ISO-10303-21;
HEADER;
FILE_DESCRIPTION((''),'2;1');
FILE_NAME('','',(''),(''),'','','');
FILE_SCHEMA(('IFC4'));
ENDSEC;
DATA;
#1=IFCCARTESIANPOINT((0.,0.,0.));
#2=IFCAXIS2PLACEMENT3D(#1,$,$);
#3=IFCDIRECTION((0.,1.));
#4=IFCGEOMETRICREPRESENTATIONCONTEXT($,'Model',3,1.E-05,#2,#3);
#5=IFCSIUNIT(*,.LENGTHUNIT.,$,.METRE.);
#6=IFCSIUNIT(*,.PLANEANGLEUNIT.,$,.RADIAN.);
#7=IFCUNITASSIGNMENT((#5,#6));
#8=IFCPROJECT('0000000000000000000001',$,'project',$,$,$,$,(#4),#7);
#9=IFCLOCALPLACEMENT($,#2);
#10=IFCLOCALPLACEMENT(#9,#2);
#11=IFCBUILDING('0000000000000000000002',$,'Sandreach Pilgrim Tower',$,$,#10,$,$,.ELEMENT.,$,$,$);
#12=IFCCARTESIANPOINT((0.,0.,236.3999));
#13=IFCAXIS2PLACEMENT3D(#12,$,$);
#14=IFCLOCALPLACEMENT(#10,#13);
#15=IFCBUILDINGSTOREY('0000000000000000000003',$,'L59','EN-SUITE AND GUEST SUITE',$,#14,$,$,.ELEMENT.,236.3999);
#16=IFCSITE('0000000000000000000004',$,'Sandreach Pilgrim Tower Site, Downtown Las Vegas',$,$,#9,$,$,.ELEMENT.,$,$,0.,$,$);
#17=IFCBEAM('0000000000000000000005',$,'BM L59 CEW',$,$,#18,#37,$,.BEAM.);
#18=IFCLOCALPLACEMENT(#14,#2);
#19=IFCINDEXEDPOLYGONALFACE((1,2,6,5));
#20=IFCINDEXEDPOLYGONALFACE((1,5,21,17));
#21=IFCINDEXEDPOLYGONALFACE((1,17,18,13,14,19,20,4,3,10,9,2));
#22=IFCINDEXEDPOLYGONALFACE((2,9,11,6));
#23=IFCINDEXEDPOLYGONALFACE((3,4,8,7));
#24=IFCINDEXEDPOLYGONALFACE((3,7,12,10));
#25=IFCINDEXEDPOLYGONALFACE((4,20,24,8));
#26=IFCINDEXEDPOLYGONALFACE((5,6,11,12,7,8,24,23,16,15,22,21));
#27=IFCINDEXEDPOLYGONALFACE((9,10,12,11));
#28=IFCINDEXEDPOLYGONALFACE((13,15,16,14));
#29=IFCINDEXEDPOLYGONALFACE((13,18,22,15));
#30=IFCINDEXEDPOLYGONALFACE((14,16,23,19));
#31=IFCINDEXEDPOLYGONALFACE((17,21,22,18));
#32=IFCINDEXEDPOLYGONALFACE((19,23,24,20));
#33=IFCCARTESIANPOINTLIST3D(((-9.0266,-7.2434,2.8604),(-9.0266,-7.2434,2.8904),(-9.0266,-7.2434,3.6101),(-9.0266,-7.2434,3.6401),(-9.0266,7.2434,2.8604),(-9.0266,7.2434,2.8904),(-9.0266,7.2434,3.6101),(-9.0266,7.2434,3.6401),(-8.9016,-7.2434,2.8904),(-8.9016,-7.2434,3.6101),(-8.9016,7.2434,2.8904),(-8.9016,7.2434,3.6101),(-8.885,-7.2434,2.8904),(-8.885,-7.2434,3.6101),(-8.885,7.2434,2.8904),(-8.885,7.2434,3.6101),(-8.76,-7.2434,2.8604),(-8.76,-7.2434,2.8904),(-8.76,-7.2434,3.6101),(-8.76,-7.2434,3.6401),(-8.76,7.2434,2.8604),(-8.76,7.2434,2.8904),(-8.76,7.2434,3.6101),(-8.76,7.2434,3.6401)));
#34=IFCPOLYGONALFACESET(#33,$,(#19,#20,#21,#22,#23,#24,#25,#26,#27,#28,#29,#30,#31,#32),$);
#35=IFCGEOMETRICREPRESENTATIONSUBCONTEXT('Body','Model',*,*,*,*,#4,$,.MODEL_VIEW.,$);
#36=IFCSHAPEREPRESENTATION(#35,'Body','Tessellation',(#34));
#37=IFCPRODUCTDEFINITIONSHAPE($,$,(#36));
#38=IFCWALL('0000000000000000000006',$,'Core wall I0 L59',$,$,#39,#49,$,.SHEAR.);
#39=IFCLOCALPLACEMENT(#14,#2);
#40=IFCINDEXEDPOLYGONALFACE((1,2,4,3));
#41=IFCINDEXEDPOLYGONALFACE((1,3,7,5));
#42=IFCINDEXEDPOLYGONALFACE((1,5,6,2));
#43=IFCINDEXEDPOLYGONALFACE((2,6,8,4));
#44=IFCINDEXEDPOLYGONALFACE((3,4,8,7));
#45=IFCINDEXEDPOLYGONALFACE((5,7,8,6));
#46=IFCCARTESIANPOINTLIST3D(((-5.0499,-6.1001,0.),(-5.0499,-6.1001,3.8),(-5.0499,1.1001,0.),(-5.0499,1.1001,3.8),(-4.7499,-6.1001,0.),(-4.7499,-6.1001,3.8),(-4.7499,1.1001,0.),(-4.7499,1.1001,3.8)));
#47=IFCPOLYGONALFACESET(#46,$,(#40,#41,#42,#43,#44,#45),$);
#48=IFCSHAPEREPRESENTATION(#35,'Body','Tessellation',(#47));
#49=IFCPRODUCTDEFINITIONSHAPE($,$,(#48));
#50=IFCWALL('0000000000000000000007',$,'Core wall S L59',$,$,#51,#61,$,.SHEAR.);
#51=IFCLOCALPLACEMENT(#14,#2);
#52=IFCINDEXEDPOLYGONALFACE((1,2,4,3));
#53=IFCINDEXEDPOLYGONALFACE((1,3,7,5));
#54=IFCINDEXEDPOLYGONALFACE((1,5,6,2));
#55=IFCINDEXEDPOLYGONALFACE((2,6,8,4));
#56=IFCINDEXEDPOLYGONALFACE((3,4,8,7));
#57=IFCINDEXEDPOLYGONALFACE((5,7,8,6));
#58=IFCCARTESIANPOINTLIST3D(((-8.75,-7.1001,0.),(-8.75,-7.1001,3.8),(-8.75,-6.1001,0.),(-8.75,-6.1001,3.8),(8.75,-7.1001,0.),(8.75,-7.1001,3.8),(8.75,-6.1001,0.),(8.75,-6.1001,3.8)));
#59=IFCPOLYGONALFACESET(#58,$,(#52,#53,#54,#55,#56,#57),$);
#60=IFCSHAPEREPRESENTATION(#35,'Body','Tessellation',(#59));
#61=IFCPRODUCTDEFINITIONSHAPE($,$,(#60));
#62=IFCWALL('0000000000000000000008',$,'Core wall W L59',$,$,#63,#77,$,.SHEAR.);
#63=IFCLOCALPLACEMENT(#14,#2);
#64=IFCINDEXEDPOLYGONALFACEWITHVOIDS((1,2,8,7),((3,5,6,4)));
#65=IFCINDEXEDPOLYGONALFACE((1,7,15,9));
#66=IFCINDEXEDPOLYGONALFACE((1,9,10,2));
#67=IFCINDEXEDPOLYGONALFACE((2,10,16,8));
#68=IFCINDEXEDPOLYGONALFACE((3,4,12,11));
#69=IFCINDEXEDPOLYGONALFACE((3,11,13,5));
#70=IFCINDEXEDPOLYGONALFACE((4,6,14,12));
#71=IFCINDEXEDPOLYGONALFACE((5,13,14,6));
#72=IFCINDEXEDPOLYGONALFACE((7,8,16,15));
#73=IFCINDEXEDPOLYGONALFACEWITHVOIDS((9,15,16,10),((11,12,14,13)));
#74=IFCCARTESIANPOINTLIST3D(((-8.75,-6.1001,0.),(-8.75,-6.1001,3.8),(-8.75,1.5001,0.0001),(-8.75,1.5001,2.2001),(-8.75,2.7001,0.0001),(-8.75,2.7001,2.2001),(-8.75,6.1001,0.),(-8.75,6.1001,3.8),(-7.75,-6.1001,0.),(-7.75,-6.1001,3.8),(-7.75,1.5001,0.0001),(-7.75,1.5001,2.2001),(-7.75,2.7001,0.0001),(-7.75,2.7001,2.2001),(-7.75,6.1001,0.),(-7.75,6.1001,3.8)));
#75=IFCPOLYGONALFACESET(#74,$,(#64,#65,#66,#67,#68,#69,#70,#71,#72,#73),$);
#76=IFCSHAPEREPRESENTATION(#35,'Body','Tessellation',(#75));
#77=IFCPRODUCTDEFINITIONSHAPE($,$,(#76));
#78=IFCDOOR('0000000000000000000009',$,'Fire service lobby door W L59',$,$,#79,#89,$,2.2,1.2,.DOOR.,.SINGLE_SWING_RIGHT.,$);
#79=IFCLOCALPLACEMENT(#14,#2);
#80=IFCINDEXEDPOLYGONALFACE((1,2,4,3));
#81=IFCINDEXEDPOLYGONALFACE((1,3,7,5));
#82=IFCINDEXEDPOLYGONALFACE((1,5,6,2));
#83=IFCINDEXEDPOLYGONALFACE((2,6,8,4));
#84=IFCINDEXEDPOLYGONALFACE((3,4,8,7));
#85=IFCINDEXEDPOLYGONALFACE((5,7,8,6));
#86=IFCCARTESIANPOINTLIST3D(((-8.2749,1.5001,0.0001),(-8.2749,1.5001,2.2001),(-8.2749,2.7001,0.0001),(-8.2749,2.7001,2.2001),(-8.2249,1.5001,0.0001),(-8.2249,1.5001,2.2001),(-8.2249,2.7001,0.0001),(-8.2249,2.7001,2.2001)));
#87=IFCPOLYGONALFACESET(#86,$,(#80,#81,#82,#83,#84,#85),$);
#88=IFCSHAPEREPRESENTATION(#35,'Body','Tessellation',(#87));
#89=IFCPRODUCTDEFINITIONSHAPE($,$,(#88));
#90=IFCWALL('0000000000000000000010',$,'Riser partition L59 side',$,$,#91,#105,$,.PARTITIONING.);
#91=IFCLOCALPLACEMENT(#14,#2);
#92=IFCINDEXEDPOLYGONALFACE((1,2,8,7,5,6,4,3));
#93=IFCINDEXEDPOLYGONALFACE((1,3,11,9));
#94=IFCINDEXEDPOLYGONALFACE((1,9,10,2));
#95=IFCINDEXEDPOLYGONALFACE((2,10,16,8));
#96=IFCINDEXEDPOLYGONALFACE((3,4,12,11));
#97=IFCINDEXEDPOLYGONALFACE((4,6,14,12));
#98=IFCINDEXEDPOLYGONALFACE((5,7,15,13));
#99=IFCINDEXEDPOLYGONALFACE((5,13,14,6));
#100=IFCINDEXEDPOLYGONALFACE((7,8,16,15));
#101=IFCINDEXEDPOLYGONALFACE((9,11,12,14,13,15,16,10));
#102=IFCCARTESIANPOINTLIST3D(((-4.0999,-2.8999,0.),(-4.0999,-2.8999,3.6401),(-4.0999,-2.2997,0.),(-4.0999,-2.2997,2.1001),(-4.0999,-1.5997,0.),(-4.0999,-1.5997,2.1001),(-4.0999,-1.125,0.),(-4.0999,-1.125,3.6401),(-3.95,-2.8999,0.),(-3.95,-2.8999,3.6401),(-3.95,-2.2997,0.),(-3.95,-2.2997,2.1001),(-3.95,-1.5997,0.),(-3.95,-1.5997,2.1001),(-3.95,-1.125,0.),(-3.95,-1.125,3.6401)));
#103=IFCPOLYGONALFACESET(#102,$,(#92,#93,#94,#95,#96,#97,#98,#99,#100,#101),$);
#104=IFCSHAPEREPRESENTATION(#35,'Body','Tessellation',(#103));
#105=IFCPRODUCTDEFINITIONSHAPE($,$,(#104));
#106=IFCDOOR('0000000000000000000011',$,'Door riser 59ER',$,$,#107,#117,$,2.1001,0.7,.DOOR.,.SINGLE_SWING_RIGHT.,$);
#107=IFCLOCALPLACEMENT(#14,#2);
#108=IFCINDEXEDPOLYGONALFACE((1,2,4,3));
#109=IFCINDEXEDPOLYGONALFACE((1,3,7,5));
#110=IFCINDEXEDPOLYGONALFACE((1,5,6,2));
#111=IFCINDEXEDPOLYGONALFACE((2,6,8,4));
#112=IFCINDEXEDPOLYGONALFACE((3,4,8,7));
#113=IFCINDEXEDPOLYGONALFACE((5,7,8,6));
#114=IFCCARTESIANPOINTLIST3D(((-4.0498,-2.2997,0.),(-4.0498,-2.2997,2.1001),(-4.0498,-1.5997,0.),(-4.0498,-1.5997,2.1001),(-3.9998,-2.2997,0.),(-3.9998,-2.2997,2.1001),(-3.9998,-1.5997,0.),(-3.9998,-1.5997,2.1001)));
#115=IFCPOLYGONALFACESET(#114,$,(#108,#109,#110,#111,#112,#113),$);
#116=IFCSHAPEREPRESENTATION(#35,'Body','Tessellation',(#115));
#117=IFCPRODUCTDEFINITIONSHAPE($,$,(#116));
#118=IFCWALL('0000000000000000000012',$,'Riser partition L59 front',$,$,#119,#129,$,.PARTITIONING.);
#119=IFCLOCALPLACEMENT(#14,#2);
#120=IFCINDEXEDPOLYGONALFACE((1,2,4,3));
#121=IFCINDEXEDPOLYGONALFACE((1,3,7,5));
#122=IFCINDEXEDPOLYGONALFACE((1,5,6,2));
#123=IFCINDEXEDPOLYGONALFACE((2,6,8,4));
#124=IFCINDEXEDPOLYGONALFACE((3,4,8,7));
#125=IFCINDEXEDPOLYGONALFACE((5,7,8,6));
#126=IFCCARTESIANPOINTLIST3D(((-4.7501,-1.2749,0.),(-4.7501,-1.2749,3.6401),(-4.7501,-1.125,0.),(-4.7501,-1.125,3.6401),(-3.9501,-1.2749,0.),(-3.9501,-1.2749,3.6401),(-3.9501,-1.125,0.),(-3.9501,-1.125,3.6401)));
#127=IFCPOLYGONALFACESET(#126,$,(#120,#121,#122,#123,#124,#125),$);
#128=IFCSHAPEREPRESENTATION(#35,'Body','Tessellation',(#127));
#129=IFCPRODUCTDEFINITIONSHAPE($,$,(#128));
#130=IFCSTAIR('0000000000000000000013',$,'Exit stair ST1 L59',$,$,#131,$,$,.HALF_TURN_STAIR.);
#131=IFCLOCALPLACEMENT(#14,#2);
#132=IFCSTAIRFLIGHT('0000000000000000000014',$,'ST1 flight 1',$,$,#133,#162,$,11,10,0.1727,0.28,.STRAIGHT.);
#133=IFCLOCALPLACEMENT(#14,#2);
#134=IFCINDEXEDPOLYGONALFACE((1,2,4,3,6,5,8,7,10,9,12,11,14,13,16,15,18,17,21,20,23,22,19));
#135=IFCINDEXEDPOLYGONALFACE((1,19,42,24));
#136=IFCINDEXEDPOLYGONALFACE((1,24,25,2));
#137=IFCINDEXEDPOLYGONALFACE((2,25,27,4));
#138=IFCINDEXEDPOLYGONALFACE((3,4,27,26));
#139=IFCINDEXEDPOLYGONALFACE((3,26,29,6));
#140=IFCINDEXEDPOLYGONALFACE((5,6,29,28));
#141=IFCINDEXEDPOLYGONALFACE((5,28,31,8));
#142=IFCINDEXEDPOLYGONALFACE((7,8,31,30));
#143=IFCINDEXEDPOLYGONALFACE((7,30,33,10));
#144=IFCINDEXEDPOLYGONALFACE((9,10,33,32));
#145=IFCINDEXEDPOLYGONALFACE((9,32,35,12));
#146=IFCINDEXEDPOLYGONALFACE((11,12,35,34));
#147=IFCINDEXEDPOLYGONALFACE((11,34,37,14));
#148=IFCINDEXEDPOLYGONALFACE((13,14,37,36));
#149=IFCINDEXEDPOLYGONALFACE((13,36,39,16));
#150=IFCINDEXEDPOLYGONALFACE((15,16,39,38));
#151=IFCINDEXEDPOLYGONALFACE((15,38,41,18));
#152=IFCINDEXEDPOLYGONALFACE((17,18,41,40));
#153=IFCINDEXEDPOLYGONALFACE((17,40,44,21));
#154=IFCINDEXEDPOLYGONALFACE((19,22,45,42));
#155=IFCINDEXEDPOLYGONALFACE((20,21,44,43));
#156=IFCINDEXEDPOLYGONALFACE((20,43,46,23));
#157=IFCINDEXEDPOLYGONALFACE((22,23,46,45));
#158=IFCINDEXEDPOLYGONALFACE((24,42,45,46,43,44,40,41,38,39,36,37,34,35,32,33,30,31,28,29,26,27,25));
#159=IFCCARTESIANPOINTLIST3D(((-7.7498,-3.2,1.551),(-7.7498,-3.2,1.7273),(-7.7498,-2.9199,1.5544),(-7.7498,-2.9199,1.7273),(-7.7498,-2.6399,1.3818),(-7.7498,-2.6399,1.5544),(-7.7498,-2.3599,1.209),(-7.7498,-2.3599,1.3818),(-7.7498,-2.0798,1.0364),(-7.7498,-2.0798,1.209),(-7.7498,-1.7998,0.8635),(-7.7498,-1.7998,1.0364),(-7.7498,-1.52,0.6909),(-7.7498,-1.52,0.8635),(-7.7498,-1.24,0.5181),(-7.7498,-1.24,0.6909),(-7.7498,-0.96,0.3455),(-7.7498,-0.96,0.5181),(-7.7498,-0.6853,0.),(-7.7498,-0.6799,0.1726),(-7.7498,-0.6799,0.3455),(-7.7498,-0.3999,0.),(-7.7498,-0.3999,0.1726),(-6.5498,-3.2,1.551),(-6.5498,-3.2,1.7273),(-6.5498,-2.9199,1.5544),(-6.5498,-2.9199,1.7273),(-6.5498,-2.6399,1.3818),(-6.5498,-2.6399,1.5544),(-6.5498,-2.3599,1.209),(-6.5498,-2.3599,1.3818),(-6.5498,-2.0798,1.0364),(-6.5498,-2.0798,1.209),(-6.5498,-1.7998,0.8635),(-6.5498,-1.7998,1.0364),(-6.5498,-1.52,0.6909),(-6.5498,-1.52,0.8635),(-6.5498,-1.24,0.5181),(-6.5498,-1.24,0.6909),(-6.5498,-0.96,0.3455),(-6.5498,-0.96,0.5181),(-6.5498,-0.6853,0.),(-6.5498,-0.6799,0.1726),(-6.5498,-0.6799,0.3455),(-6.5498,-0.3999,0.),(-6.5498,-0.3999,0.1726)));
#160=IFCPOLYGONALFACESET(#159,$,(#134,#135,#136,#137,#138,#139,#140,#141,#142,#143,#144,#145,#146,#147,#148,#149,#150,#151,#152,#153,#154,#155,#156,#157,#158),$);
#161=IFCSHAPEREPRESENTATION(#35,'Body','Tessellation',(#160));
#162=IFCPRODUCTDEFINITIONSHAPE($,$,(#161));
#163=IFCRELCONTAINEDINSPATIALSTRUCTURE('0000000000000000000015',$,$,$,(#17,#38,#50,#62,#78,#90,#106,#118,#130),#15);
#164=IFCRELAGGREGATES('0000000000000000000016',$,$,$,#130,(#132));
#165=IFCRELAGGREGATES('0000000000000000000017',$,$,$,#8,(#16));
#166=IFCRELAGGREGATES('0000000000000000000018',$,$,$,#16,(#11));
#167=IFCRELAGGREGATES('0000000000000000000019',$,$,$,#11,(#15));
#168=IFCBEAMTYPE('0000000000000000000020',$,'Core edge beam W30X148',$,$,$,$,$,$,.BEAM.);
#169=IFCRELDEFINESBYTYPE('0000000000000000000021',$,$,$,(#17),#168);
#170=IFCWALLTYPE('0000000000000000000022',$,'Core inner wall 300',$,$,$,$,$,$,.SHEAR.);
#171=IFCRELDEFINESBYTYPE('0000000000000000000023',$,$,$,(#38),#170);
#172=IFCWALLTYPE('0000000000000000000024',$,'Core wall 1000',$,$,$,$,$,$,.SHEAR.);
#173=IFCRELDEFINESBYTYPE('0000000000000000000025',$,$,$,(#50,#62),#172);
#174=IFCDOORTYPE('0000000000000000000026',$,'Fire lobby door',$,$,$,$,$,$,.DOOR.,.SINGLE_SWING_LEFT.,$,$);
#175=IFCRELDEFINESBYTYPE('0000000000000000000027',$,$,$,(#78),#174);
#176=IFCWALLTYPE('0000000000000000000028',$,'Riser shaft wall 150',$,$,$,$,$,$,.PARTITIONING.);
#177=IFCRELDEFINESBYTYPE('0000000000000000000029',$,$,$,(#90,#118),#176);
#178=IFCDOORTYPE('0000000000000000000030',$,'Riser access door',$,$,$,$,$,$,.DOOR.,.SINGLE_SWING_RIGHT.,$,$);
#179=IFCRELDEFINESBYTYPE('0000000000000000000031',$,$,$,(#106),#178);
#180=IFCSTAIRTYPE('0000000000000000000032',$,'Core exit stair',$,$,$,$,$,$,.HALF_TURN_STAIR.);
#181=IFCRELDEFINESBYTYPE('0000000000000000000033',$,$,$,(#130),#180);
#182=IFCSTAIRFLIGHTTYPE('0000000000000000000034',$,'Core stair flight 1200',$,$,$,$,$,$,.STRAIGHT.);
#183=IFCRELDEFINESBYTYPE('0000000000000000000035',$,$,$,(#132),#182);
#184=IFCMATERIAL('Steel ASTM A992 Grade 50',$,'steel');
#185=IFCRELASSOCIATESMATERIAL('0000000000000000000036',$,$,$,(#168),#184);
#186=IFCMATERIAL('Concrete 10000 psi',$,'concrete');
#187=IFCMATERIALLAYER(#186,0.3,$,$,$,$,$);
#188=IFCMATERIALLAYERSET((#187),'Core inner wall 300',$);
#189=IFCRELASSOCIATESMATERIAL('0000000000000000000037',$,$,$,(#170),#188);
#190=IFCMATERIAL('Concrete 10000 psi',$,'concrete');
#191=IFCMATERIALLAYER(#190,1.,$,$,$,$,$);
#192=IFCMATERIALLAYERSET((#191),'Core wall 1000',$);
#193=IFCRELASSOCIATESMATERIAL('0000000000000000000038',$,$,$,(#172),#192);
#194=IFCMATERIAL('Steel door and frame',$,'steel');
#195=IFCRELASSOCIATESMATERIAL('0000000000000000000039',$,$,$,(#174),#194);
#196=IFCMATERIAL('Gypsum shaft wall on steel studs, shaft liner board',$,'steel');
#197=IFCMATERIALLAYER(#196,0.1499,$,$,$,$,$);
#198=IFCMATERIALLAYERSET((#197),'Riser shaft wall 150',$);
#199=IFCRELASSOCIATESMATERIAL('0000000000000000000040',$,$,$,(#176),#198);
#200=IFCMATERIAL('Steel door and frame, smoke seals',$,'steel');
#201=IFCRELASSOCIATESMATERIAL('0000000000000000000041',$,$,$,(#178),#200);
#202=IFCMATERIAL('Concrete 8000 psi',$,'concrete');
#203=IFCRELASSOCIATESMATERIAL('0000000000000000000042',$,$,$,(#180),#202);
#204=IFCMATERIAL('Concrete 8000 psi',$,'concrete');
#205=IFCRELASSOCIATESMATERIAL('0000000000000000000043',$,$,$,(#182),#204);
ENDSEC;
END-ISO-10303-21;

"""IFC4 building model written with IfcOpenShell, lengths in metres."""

from ifc_helpers import new_model, si_unit, direction, frame, frame_2d, origin, origin_2d, place, context, subcontext, project, spatial, polyline, rectangle, i_section, outline, extrude, material, layer, layer_set, material_profile, profile_set, type_object, element, fill, aggregate, save


model = new_model("IFC4")

# Units and contexts
model_context = context("Model", 3, precision=1e-05, world=origin(), true_north=direction((0.0, 1.0)))
body_context = subcontext(model_context, "Body", "Model", "MODEL_VIEW")
ifc_project = project(units=[si_unit("LENGTHUNIT", "METRE"), si_unit("PLANEANGLEUNIT", "RADIAN")], contexts=[model_context])

# Site, building, storey
site_placement = place(None, origin())
site = spatial("IfcSite", under=ifc_project, at=site_placement, Name="Sandreach Pilgrim Tower Site, Downtown Las Vegas", CompositionType="ELEMENT", RefElevation=0.0)
building_placement = place(site_placement, origin())
building = spatial("IfcBuilding", under=site, at=building_placement, Name="Sandreach Pilgrim Tower", CompositionType="ELEMENT")
storey_placement = place(building_placement, frame((0.0, 0.0, 236.3999)))
storey = spatial("IfcBuildingStorey", under=building, at=storey_placement, Name="L59", Description="EN-SUITE AND GUEST SUITE", CompositionType="ELEMENT", Elevation=236.3999)

# Beam
ifc_material_1 = material(Name="Steel ASTM A992 Grade 50", Category="steel")
ifc_material_profile = material_profile(ifc_material_1, i_section(OverallWidth=0.2666, OverallDepth=0.7798, WebThickness=0.0166, FlangeThickness=0.03, at=origin_2d()), Name="W30X148")
ifc_profile_set = profile_set([ifc_material_profile], Name="Steel ASTM A992 Grade 50")
beam_type = type_object("IfcBeamType", Name="Core edge beam W30X148", PredefinedType="BEAM", material=ifc_profile_set)
beam_placement = place(storey_placement, frame((-8.8933, -7.2434, 3.2502), z_axis=(0.0, 1.0, 0.0), x_axis=(-1.0, 0.0, 0.0)))
element("IfcBeam", 1, at=beam_placement, inside=storey, type_object=beam_type, Name="BM L59 CEW", PredefinedType="BEAM", context=body_context, shape_type="SweptSolid", body=[
    extrude(i_section(OverallWidth=0.2666, OverallDepth=0.7798, WebThickness=0.0166, FlangeThickness=0.03, at=origin_2d()), origin(), (0.0, 0.0, 1.0), 14.4868),
])

# Wall
ifc_material_2 = material(Name="Concrete 10000 psi", Category="concrete")
ifc_layer_1 = layer(ifc_material_2, 0.3)
ifc_layer_set_1 = layer_set([ifc_layer_1], Name="Core inner wall 300")
wall_type_1 = type_object("IfcWallType", Name="Core inner wall 300", PredefinedType="SHEAR", material=ifc_layer_set_1)
wall_1_placement = place(storey_placement, frame((-4.8999, -6.1001, 0.0), z_axis=(0.0, 0.0, 1.0), x_axis=(0.0, 1.0, 0.0)))
element("IfcWall", 2, at=wall_1_placement, inside=storey, type_object=wall_type_1, Name="Core wall I0 L59", PredefinedType="SHEAR", context=body_context, shape_type="SweptSolid", body=[
    extrude(rectangle(XDim=7.2002, YDim=0.3, at=frame_2d((3.6001, 0.0))), origin(), (0.0, 0.0, 1.0), 3.8),
])

# Wall
ifc_material_3 = material(Name="Concrete 10000 psi", Category="concrete")
ifc_layer_2 = layer(ifc_material_3, 1.0)
ifc_layer_set_2 = layer_set([ifc_layer_2], Name="Core wall 1000")
wall_type_2 = type_object("IfcWallType", Name="Core wall 1000", PredefinedType="SHEAR", material=ifc_layer_set_2)
wall_2_placement = place(storey_placement, frame((-8.75, -6.6001, 0.0), z_axis=(0.0, 0.0, 1.0), x_axis=(1.0, 0.0, 0.0)))
element("IfcWall", 3, at=wall_2_placement, inside=storey, type_object=wall_type_2, Name="Core wall S L59", PredefinedType="SHEAR", context=body_context, shape_type="SweptSolid", body=[
    extrude(rectangle(XDim=17.5, YDim=1.0, at=frame_2d((8.75, 0.0))), origin(), (0.0, 0.0, 1.0), 3.8),
])

# Walls, openings, doors
wall_3_placement = place(storey_placement, frame((-8.25, -6.1001, 0.0), z_axis=(0.0, 0.0, 1.0), x_axis=(0.0, 1.0, 0.0)))
wall_3 = element("IfcWall", 4, at=wall_3_placement, inside=storey, type_object=wall_type_2, Name="Core wall W L59", PredefinedType="SHEAR", context=body_context, shape_type="SweptSolid", body=[
    extrude(rectangle(XDim=12.2002, YDim=1.0, at=frame_2d((6.1001, 0.0))), origin(), (0.0, 0.0, 1.0), 3.8),
])
opening_1_placement = place(wall_3_placement, frame((7.6001, 0.0, 0.0)))
opening_1 = element("IfcOpeningElement", 5, at=opening_1_placement, cuts=wall_3, PredefinedType="OPENING", context=body_context, shape_type="SweptSolid", body=[
    extrude(rectangle(XDim=1.2, YDim=2.2, at=frame_2d((0.6001, 1.1001))), frame((0.0, 0.5, 0.0), z_axis=(0.0, -1.0, 0.0), x_axis=(1.0, 0.0, 0.0)), (0.0, 0.0, 1.0), 1.0),
])
ifc_material_4 = material(Name="Steel door and frame", Category="steel")
door_type_1 = type_object("IfcDoorType", Name="Fire lobby door", OperationType="SINGLE_SWING_LEFT", PredefinedType="DOOR", material=ifc_material_4)
door_1_placement = place(opening_1_placement, origin())
door_1 = element("IfcDoor", 6, at=door_1_placement, inside=storey, type_object=door_type_1, Name="Fire service lobby door W L59", OperationType="SINGLE_SWING_RIGHT", OverallHeight=2.2, OverallWidth=1.2, PredefinedType="DOOR", context=body_context, shape_type="SweptSolid", body=[
    extrude(rectangle(XDim=1.2, YDim=2.2, at=frame_2d((0.6001, 1.1001))), frame((0.0, 0.0249, 0.0), z_axis=(0.0, -1.0, 0.0), x_axis=(1.0, 0.0, 0.0)), (0.0, 0.0, 1.0), 0.05),
])
fill(opening_1, door_1)
ifc_material_5 = material(Name="Gypsum shaft wall on steel studs, shaft liner board", Category="steel")
ifc_layer_3 = layer(ifc_material_5, 0.1499)
ifc_layer_set_3 = layer_set([ifc_layer_3], Name="Riser shaft wall 150")
wall_type_3 = type_object("IfcWallType", Name="Riser shaft wall 150", PredefinedType="PARTITIONING", material=ifc_layer_set_3)
wall_4_placement = place(storey_placement, frame((-4.0249, -2.8999, 0.0), z_axis=(0.0, 0.0, 1.0), x_axis=(0.0, 1.0, 0.0)))
wall_4 = element("IfcWall", 7, at=wall_4_placement, inside=storey, type_object=wall_type_3, Name="Riser partition L59 side", PredefinedType="PARTITIONING", context=body_context, shape_type="SweptSolid", body=[
    extrude(rectangle(XDim=1.7749, YDim=0.1499, at=frame_2d((0.8875, 0.0))), origin(), (0.0, 0.0, 1.0), 3.6401),
])
opening_2_placement = place(wall_4_placement, frame((0.6001, 0.0, 0.0)))
opening_2 = element("IfcOpeningElement", 8, at=opening_2_placement, cuts=wall_4, PredefinedType="OPENING", context=body_context, shape_type="SweptSolid", body=[
    extrude(rectangle(XDim=0.7, YDim=2.1001, at=frame_2d((0.3501, 1.05))), frame((0.0, 0.075, 0.0), z_axis=(0.0, -1.0, 0.0), x_axis=(1.0, 0.0, 0.0)), (0.0, 0.0, 1.0), 0.1499),
])
ifc_material_6 = material(Name="Steel door and frame, smoke seals", Category="steel")
door_type_2 = type_object("IfcDoorType", Name="Riser access door", OperationType="SINGLE_SWING_RIGHT", PredefinedType="DOOR", material=ifc_material_6)
door_2_placement = place(opening_2_placement, origin())
door_2 = element("IfcDoor", 9, at=door_2_placement, inside=storey, type_object=door_type_2, Name="Door riser 59ER", OperationType="SINGLE_SWING_RIGHT", OverallHeight=2.1001, OverallWidth=0.7, PredefinedType="DOOR", context=body_context, shape_type="SweptSolid", body=[
    extrude(rectangle(XDim=0.7, YDim=2.1001, at=frame_2d((0.3501, 1.05))), frame((0.0, 0.0249, 0.0), z_axis=(0.0, -1.0, 0.0), x_axis=(1.0, 0.0, 0.0)), (0.0, 0.0, 1.0), 0.05),
])
fill(opening_2, door_2)

# Wall
wall_5_placement = place(storey_placement, frame((-4.75, -1.2, 0.0), z_axis=(0.0, 0.0, 1.0), x_axis=(1.0, 0.0, 0.0)))
element("IfcWall", 10, at=wall_5_placement, inside=storey, type_object=wall_type_3, Name="Riser partition L59 front", PredefinedType="PARTITIONING", context=body_context, shape_type="SweptSolid", body=[
    extrude(rectangle(XDim=0.8, YDim=0.1499, at=frame_2d((0.3999, 0.0))), origin(), (0.0, 0.0, 1.0), 3.6401),
])

# Stair, stair flight
ifc_material_7 = material(Name="Concrete 8000 psi", Category="concrete")
stair_type = type_object("IfcStairType", Name="Core exit stair", PredefinedType="HALF_TURN_STAIR", material=ifc_material_7)
stair_placement = place(storey_placement, origin())
stair = element("IfcStair", 11, at=stair_placement, inside=storey, type_object=stair_type, Name="Exit stair ST1 L59", PredefinedType="HALF_TURN_STAIR")
ifc_material_8 = material(Name="Concrete 8000 psi", Category="concrete")
stair_flight_type = type_object("IfcStairFlightType", Name="Core stair flight 1200", PredefinedType="STRAIGHT", material=ifc_material_8)
stair_flight_1_placement = place(storey_placement, frame((-7.1499, -0.3999, 0.0), z_axis=(0.0, 0.0, 1.0), x_axis=(0.0, -1.0, 0.0)))
stair_flight_1 = element("IfcStairFlight", 12, at=stair_flight_1_placement, type_object=stair_flight_type, Name="ST1 flight 1", NumberOfRisers=11, NumberOfTreads=10, PredefinedType="STRAIGHT", RiserHeight=0.1727, TreadLength=0.28, context=body_context, shape_type="SweptSolid", body=[
    extrude(outline(polyline([(0.0, 0.0), (0.0, 0.1726), (0.28, 0.1726), (0.28, 0.3455), (0.5601, 0.3455), (0.5601, 0.5181), (0.8401, 0.5181), (0.8401, 0.6909), (1.1201, 0.6909), (1.1201, 0.8635), (1.3999, 0.8635), (1.3999, 1.0364), (1.6799, 1.0364), (1.6799, 1.209), (1.96, 1.209), (1.96, 1.3818), (2.24, 1.3818), (2.24, 1.5544), (2.52, 1.5544), (2.52, 1.7273), (2.8, 1.7273), (2.8, 1.8999), (2.8, 1.551), (0.2854, 0.0), (0.0, 0.0)])), frame((0.0, 0.6001, 0.0), z_axis=(0.0, -1.0, 0.0), x_axis=(1.0, 0.0, 0.0)), (0.0, 0.0, 1.0), 1.2),
])
aggregate(stair, [stair_flight_1])

save(model, "model.ifc")
